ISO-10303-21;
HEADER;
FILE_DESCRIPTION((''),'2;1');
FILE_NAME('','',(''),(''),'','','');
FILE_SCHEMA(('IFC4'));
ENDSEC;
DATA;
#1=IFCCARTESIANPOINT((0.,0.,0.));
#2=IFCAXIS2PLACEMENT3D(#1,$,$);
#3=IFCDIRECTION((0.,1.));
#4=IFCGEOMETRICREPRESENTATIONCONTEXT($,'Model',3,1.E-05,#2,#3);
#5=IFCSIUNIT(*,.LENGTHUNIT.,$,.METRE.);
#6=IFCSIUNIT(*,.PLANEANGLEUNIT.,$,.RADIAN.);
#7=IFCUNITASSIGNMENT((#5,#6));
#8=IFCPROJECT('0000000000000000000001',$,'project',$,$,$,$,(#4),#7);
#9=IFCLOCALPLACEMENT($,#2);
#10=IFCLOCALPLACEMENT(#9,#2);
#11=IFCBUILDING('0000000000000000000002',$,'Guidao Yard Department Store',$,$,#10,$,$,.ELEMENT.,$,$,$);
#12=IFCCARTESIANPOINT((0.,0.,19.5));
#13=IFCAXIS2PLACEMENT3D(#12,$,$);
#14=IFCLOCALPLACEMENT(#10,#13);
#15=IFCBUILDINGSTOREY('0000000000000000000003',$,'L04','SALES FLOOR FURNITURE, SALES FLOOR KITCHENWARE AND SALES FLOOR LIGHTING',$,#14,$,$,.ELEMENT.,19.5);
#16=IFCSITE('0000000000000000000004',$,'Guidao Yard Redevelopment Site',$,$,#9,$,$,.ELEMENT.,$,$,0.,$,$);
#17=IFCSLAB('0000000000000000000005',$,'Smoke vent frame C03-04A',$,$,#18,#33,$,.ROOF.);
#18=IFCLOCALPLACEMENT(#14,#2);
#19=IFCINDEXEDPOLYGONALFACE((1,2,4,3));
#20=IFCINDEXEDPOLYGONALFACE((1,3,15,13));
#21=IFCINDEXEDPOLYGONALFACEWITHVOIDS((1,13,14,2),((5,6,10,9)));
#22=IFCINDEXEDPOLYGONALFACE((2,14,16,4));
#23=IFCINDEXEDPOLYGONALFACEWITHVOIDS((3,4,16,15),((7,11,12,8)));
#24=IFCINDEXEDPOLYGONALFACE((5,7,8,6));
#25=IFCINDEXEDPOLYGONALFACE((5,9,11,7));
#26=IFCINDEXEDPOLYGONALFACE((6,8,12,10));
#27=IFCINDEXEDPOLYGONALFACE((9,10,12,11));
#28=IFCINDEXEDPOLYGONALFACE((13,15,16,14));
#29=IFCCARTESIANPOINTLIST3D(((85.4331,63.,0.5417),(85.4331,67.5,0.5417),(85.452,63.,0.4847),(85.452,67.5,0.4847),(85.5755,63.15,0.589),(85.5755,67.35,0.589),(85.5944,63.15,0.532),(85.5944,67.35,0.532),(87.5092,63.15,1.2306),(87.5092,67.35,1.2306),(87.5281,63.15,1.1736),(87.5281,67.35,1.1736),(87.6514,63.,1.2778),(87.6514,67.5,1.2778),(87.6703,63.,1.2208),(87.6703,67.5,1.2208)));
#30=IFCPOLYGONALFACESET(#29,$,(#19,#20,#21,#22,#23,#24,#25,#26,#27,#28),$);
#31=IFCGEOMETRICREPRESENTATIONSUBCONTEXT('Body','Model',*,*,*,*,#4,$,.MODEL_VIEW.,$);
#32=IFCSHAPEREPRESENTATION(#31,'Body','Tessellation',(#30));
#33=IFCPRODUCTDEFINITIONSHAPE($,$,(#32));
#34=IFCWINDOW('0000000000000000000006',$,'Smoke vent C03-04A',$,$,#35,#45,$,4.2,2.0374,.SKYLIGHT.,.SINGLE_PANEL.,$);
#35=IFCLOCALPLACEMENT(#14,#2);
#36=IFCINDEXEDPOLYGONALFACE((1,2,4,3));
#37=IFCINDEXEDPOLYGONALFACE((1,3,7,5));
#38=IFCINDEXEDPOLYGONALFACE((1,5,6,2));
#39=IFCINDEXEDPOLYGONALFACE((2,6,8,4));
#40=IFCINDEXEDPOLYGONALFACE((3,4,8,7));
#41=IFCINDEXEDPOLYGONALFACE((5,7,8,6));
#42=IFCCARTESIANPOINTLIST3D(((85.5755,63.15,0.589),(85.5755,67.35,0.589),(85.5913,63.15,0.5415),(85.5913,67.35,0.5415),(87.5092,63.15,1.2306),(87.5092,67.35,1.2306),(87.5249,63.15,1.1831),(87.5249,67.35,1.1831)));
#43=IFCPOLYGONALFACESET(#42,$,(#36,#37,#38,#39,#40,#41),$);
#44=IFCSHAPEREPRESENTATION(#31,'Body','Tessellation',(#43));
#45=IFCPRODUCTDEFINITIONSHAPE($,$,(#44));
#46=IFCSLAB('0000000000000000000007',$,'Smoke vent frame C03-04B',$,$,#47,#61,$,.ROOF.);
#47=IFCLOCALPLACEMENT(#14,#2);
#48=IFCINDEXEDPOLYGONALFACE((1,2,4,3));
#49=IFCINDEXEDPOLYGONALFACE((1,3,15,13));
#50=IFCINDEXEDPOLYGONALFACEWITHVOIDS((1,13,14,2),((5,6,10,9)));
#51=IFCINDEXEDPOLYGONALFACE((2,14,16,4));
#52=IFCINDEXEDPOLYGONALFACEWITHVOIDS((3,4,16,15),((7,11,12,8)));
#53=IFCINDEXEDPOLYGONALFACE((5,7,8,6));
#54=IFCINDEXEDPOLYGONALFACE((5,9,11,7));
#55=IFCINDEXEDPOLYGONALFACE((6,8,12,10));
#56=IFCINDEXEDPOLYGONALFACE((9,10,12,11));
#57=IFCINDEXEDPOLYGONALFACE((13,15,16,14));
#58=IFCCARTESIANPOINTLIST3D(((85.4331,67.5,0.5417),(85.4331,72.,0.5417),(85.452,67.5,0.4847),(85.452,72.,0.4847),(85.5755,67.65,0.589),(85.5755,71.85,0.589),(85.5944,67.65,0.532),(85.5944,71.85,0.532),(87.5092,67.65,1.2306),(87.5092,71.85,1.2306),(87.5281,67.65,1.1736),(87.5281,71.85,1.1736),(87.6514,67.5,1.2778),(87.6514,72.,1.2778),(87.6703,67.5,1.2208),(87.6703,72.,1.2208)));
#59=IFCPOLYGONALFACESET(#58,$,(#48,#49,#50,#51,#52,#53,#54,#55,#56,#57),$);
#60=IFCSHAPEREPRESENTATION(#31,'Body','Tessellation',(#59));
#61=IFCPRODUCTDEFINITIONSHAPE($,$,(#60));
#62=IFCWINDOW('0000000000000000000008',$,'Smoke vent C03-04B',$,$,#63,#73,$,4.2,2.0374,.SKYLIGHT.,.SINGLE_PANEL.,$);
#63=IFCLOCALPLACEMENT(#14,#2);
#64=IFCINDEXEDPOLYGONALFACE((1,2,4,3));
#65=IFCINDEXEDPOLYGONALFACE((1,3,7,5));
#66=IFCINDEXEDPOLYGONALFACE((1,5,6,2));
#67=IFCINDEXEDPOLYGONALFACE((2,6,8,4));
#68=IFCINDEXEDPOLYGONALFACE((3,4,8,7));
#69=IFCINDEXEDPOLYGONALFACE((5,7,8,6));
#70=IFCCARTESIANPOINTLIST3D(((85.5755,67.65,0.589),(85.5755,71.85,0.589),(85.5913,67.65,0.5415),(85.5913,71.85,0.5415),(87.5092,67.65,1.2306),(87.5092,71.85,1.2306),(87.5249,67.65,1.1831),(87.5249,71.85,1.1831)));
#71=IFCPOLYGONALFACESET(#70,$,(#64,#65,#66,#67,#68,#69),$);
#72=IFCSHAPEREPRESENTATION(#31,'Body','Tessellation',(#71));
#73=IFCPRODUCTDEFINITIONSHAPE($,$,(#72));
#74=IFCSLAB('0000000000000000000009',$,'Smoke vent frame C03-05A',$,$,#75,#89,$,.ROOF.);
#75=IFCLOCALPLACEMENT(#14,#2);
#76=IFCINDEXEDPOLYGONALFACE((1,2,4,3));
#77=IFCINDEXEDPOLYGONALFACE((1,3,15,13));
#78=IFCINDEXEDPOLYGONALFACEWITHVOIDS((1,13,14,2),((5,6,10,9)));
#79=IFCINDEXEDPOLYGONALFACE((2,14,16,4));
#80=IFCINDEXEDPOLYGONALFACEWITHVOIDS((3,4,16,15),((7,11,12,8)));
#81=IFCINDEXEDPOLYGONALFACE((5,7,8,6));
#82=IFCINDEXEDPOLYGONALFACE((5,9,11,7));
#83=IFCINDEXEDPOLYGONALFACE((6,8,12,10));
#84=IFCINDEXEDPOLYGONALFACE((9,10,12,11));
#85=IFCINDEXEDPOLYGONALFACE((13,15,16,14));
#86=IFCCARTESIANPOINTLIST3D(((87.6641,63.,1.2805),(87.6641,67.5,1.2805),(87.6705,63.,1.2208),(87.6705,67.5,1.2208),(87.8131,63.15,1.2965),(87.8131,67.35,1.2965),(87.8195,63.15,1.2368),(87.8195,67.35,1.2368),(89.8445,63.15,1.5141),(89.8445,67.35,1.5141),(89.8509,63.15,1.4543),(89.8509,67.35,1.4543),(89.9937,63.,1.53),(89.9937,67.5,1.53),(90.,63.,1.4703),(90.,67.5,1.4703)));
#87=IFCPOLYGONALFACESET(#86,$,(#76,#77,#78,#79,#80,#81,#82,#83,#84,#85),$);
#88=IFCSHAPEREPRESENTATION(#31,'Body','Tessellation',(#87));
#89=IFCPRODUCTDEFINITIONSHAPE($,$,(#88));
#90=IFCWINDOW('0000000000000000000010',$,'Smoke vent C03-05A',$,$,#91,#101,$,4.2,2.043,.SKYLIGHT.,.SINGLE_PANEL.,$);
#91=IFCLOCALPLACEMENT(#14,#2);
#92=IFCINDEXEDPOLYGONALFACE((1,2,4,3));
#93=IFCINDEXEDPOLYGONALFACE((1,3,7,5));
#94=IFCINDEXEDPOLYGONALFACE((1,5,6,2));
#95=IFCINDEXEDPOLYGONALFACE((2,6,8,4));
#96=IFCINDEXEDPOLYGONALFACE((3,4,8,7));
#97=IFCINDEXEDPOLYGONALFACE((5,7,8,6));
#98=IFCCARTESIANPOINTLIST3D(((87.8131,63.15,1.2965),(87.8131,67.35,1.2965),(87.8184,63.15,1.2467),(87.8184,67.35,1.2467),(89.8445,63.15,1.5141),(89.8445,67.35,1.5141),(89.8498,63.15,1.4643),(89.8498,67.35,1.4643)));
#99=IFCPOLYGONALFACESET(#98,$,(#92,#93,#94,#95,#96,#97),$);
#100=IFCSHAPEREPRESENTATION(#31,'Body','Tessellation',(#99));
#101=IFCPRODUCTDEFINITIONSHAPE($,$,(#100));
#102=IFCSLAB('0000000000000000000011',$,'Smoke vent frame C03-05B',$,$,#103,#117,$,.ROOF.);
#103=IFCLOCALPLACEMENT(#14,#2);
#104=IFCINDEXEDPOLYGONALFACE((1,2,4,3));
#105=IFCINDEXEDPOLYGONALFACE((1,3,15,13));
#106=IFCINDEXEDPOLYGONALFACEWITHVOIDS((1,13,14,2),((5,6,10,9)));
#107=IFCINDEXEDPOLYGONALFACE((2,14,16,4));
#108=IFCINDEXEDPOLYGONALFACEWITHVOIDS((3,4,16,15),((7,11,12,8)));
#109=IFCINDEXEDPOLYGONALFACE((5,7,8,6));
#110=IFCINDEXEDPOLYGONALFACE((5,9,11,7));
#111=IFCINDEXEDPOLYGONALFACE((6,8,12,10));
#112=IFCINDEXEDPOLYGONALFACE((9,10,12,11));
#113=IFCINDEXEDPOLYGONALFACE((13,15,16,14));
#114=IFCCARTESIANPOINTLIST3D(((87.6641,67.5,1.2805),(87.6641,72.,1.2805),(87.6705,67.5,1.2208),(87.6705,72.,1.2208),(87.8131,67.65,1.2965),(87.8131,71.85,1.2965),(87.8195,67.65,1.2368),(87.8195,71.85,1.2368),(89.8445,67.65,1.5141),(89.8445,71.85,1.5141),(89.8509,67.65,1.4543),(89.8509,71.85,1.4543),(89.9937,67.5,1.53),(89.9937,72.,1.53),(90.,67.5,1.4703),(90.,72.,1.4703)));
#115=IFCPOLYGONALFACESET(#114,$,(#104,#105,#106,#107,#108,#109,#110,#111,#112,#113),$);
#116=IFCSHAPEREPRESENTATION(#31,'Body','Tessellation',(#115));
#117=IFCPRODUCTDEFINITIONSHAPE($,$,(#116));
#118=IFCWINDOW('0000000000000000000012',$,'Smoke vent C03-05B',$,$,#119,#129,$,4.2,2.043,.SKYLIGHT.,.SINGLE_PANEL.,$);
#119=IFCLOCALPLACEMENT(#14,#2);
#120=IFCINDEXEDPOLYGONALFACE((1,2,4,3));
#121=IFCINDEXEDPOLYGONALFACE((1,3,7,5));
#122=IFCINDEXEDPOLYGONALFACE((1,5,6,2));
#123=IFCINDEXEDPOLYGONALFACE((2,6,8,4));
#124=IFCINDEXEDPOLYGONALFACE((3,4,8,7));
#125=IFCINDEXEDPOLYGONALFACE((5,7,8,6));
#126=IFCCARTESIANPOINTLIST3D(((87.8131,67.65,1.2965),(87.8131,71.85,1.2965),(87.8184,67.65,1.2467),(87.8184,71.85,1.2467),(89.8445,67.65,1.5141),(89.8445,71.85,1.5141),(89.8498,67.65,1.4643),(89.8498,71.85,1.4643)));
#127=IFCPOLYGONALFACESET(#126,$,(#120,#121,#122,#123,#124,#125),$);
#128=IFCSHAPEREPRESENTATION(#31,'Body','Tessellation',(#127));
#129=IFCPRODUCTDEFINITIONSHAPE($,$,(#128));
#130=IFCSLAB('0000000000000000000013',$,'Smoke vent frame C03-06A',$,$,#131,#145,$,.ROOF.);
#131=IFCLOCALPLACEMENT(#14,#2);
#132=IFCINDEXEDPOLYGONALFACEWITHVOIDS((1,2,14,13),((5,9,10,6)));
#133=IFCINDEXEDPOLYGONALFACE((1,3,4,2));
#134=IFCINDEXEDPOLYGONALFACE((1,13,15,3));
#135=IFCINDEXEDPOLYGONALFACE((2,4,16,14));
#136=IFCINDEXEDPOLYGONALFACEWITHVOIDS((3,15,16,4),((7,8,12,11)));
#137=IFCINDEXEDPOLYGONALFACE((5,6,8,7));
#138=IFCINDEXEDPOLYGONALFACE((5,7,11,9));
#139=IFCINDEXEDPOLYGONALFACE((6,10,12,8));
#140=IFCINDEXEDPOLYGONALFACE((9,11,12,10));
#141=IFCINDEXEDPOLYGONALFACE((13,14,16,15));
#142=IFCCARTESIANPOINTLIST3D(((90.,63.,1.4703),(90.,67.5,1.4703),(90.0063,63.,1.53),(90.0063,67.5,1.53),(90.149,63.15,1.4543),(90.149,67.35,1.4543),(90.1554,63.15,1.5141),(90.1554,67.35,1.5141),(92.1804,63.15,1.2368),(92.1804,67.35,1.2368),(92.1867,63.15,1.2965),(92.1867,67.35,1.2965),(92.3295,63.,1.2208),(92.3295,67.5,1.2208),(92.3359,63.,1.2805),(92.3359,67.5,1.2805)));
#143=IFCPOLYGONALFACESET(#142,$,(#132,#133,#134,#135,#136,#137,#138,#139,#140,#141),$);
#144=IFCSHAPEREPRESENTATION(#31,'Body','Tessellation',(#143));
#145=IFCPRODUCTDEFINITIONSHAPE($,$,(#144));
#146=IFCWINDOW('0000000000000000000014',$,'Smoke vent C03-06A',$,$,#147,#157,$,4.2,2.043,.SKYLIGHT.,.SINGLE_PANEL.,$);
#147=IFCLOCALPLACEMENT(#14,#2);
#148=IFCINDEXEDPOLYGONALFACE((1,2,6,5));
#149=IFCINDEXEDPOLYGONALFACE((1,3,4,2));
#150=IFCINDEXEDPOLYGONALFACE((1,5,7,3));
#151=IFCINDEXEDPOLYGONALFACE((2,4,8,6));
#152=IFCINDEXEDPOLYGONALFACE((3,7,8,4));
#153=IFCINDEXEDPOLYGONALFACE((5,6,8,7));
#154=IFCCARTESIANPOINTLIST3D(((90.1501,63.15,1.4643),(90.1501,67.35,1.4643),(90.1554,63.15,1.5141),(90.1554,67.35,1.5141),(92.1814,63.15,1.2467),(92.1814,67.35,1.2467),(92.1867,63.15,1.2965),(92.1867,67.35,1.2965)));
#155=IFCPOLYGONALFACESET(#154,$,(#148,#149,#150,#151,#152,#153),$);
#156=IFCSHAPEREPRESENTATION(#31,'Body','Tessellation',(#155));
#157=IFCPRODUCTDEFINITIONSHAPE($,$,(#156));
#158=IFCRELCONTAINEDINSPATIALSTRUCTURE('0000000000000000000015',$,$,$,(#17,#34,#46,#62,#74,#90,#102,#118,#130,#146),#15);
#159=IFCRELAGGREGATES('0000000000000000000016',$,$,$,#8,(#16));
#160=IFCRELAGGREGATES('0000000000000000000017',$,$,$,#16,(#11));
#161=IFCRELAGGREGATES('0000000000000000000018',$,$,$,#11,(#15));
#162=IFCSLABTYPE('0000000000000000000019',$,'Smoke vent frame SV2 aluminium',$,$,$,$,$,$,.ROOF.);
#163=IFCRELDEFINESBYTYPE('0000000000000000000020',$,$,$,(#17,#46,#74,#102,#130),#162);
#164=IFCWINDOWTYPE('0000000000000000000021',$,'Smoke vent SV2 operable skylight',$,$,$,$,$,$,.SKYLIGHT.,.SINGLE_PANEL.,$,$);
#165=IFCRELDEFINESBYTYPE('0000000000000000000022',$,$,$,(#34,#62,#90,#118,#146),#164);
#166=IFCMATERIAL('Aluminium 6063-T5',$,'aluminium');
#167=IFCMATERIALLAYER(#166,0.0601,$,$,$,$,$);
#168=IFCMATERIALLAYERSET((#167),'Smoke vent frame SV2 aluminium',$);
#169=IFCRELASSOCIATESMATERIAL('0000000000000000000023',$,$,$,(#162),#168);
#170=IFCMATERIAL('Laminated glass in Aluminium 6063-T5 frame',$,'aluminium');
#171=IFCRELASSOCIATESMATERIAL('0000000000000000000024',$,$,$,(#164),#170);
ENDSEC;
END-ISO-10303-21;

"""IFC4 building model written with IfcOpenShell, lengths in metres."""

from ifc_helpers import new_model, si_unit, direction, frame, origin, origin_2d, place, context, subcontext, project, spatial, polyline, rectangle, outline, extrude, material, layer, layer_set, type_object, element, fill, save


model = new_model("IFC4")

# Units and contexts
model_context = context("Model", 3, precision=1e-05, world=origin(), true_north=direction((0.0, 1.0)))
body_context = subcontext(model_context, "Body", "Model", "MODEL_VIEW")
ifc_project = project(units=[si_unit("LENGTHUNIT", "METRE"), si_unit("PLANEANGLEUNIT", "RADIAN")], contexts=[model_context])

# Site, building, storey
site_placement = place(None, origin())
site = spatial("IfcSite", under=ifc_project, at=site_placement, Name="Guidao Yard Redevelopment Site", CompositionType="ELEMENT", RefElevation=0.0)
building_placement = place(site_placement, origin())
building = spatial("IfcBuilding", under=site, at=building_placement, Name="Guidao Yard Department Store", CompositionType="ELEMENT")
storey_placement = place(building_placement, frame((0.0, 0.0, 19.5)))
storey = spatial("IfcBuildingStorey", under=building, at=storey_placement, Name="L04", Description="SALES FLOOR FURNITURE, SALES FLOOR KITCHENWARE AND SALES FLOOR LIGHTING", CompositionType="ELEMENT", Elevation=19.5)

# Slabs, openings, windows
ifc_material_1 = material(Name="Aluminium 6063-T5", Category="aluminium")
ifc_layer = layer(ifc_material_1, 0.0601)
ifc_layer_set = layer_set([ifc_layer], Name="Smoke vent frame SV2 aluminium")
slab_type = type_object("IfcSlabType", Name="Smoke vent frame SV2 aluminium", PredefinedType="ROOF", material=ifc_layer_set)
ifc_material_2 = material(Name="Laminated glass in Aluminium 6063-T5 frame", Category="aluminium")
window_type = type_object("IfcWindowType", Name="Smoke vent SV2 operable skylight", PartitioningType="SINGLE_PANEL", PredefinedType="SKYLIGHT", material=ifc_material_2)
slab_1_placement = place(storey_placement, frame((85.4331, 63.0, 0.5417), z_axis=(-0.314943, 0.0, 0.949111), x_axis=(0.949111, 0.0, 0.314943)))
slab_1 = element("IfcSlab", 1, at=slab_1_placement, inside=storey, type_object=slab_type, Name="Smoke vent frame C03-04A", PredefinedType="ROOF", context=body_context, shape_type="SweptSolid", body=[
    extrude(outline(polyline([(0.0, 0.0), (2.3372, 0.0), (2.3372, 4.5), (0.0, 4.5), (0.0, 0.0)])), origin(), (0.0, 0.0, -1.0), 0.0601),
])
opening_1_placement = place(slab_1_placement, frame((1.1687, 2.25, 0.0)))
opening_1 = element("IfcOpeningElement", 2, at=opening_1_placement, cuts=slab_1, PredefinedType="OPENING", context=body_context, shape_type="SweptSolid", body=[
    extrude(rectangle(XDim=2.0374, YDim=4.2, at=origin_2d()), frame((0.0, 0.0, 0.01)), (0.0, 0.0, -1.0), 0.0801),
])
window_1_placement = place(opening_1_placement, frame((0.0, 0.0, -0.05)))
window_1 = element("IfcWindow", 3, at=window_1_placement, inside=storey, type_object=window_type, Name="Smoke vent C03-04A", OverallHeight=4.2, OverallWidth=2.0374, PartitioningType="SINGLE_PANEL", PredefinedType="SKYLIGHT", context=body_context, shape_type="SweptSolid", body=[
    extrude(rectangle(XDim=2.0374, YDim=4.2, at=origin_2d()), origin(), (0.0, 0.0, 1.0), 0.05),
])
fill(opening_1, window_1)
slab_2_placement = place(storey_placement, frame((85.4331, 67.5, 0.5417), z_axis=(-0.314943, 0.0, 0.949111), x_axis=(0.949111, 0.0, 0.314943)))
slab_2 = element("IfcSlab", 4, at=slab_2_placement, inside=storey, type_object=slab_type, Name="Smoke vent frame C03-04B", PredefinedType="ROOF", context=body_context, shape_type="SweptSolid", body=[
    extrude(outline(polyline([(0.0, 0.0), (2.3372, 0.0), (2.3372, 4.5), (0.0, 4.5), (0.0, 0.0)])), origin(), (0.0, 0.0, -1.0), 0.0601),
])
opening_2_placement = place(slab_2_placement, frame((1.1687, 2.25, 0.0)))
opening_2 = element("IfcOpeningElement", 5, at=opening_2_placement, cuts=slab_2, PredefinedType="OPENING", context=body_context, shape_type="SweptSolid", body=[
    extrude(rectangle(XDim=2.0374, YDim=4.2, at=origin_2d()), frame((0.0, 0.0, 0.01)), (0.0, 0.0, -1.0), 0.0801),
])
window_2_placement = place(opening_2_placement, frame((0.0, 0.0, -0.05)))
window_2 = element("IfcWindow", 6, at=window_2_placement, inside=storey, type_object=window_type, Name="Smoke vent C03-04B", OverallHeight=4.2, OverallWidth=2.0374, PartitioningType="SINGLE_PANEL", PredefinedType="SKYLIGHT", context=body_context, shape_type="SweptSolid", body=[
    extrude(rectangle(XDim=2.0374, YDim=4.2, at=origin_2d()), origin(), (0.0, 0.0, 1.0), 0.05),
])
fill(opening_2, window_2)
slab_3_placement = place(storey_placement, frame((87.6641, 63.0, 1.2805), z_axis=(-0.106496, 0.0, 0.994313), x_axis=(0.994313, 0.0, 0.106496)))
slab_3 = element("IfcSlab", 7, at=slab_3_placement, inside=storey, type_object=slab_type, Name="Smoke vent frame C03-05A", PredefinedType="ROOF", context=body_context, shape_type="SweptSolid", body=[
    extrude(outline(polyline([(0.0, 0.0), (2.3429, 0.0), (2.3429, 4.5), (0.0, 4.5), (0.0, 0.0)])), origin(), (0.0, 0.0, -1.0), 0.0601),
])
opening_3_placement = place(slab_3_placement, frame((1.1714, 2.25, 0.0)))
opening_3 = element("IfcOpeningElement", 8, at=opening_3_placement, cuts=slab_3, PredefinedType="OPENING", context=body_context, shape_type="SweptSolid", body=[
    extrude(rectangle(XDim=2.043, YDim=4.2, at=origin_2d()), frame((0.0, 0.0, 0.01)), (0.0, 0.0, -1.0), 0.0801),
])
window_3_placement = place(opening_3_placement, frame((0.0, 0.0, -0.05)))
window_3 = element("IfcWindow", 9, at=window_3_placement, inside=storey, type_object=window_type, Name="Smoke vent C03-05A", OverallHeight=4.2, OverallWidth=2.043, PartitioningType="SINGLE_PANEL", PredefinedType="SKYLIGHT", context=body_context, shape_type="SweptSolid", body=[
    extrude(rectangle(XDim=2.043, YDim=4.2, at=origin_2d()), origin(), (0.0, 0.0, 1.0), 0.05),
])
fill(opening_3, window_3)
slab_4_placement = place(storey_placement, frame((87.6641, 67.5, 1.2805), z_axis=(-0.106496, 0.0, 0.994313), x_axis=(0.994313, 0.0, 0.106496)))
slab_4 = element("IfcSlab", 10, at=slab_4_placement, inside=storey, type_object=slab_type, Name="Smoke vent frame C03-05B", PredefinedType="ROOF", context=body_context, shape_type="SweptSolid", body=[
    extrude(outline(polyline([(0.0, 0.0), (2.3429, 0.0), (2.3429, 4.5), (0.0, 4.5), (0.0, 0.0)])), origin(), (0.0, 0.0, -1.0), 0.0601),
])
opening_4_placement = place(slab_4_placement, frame((1.1714, 2.25, 0.0)))
opening_4 = element("IfcOpeningElement", 11, at=opening_4_placement, cuts=slab_4, PredefinedType="OPENING", context=body_context, shape_type="SweptSolid", body=[
    extrude(rectangle(XDim=2.043, YDim=4.2, at=origin_2d()), frame((0.0, 0.0, 0.01)), (0.0, 0.0, -1.0), 0.0801),
])
window_4_placement = place(opening_4_placement, frame((0.0, 0.0, -0.05)))
window_4 = element("IfcWindow", 12, at=window_4_placement, inside=storey, type_object=window_type, Name="Smoke vent C03-05B", OverallHeight=4.2, OverallWidth=2.043, PartitioningType="SINGLE_PANEL", PredefinedType="SKYLIGHT", context=body_context, shape_type="SweptSolid", body=[
    extrude(rectangle(XDim=2.043, YDim=4.2, at=origin_2d()), origin(), (0.0, 0.0, 1.0), 0.05),
])
fill(opening_4, window_4)
slab_5_placement = place(storey_placement, frame((90.0063, 63.0, 1.53), z_axis=(0.106496, 0.0, 0.994313), x_axis=(0.994313, 0.0, -0.106496)))
slab_5 = element("IfcSlab", 13, at=slab_5_placement, inside=storey, type_object=slab_type, Name="Smoke vent frame C03-06A", PredefinedType="ROOF", context=body_context, shape_type="SweptSolid", body=[
    extrude(outline(polyline([(0.0, 0.0), (2.3429, 0.0), (2.3429, 4.5), (0.0, 4.5), (0.0, 0.0)])), origin(), (0.0, 0.0, -1.0), 0.0601),
])
opening_5_placement = place(slab_5_placement, frame((1.1714, 2.25, 0.0)))
opening_5 = element("IfcOpeningElement", 14, at=opening_5_placement, cuts=slab_5, PredefinedType="OPENING", context=body_context, shape_type="SweptSolid", body=[
    extrude(rectangle(XDim=2.043, YDim=4.2, at=origin_2d()), frame((0.0, 0.0, 0.01)), (0.0, 0.0, -1.0), 0.0801),
])
window_5_placement = place(opening_5_placement, frame((0.0, 0.0, -0.05)))
window_5 = element("IfcWindow", 15, at=window_5_placement, inside=storey, type_object=window_type, Name="Smoke vent C03-06A", OverallHeight=4.2, OverallWidth=2.043, PartitioningType="SINGLE_PANEL", PredefinedType="SKYLIGHT", context=body_context, shape_type="SweptSolid", body=[
    extrude(rectangle(XDim=2.043, YDim=4.2, at=origin_2d()), origin(), (0.0, 0.0, 1.0), 0.05),
])
fill(opening_5, window_5)

save(model, "model.ifc")
